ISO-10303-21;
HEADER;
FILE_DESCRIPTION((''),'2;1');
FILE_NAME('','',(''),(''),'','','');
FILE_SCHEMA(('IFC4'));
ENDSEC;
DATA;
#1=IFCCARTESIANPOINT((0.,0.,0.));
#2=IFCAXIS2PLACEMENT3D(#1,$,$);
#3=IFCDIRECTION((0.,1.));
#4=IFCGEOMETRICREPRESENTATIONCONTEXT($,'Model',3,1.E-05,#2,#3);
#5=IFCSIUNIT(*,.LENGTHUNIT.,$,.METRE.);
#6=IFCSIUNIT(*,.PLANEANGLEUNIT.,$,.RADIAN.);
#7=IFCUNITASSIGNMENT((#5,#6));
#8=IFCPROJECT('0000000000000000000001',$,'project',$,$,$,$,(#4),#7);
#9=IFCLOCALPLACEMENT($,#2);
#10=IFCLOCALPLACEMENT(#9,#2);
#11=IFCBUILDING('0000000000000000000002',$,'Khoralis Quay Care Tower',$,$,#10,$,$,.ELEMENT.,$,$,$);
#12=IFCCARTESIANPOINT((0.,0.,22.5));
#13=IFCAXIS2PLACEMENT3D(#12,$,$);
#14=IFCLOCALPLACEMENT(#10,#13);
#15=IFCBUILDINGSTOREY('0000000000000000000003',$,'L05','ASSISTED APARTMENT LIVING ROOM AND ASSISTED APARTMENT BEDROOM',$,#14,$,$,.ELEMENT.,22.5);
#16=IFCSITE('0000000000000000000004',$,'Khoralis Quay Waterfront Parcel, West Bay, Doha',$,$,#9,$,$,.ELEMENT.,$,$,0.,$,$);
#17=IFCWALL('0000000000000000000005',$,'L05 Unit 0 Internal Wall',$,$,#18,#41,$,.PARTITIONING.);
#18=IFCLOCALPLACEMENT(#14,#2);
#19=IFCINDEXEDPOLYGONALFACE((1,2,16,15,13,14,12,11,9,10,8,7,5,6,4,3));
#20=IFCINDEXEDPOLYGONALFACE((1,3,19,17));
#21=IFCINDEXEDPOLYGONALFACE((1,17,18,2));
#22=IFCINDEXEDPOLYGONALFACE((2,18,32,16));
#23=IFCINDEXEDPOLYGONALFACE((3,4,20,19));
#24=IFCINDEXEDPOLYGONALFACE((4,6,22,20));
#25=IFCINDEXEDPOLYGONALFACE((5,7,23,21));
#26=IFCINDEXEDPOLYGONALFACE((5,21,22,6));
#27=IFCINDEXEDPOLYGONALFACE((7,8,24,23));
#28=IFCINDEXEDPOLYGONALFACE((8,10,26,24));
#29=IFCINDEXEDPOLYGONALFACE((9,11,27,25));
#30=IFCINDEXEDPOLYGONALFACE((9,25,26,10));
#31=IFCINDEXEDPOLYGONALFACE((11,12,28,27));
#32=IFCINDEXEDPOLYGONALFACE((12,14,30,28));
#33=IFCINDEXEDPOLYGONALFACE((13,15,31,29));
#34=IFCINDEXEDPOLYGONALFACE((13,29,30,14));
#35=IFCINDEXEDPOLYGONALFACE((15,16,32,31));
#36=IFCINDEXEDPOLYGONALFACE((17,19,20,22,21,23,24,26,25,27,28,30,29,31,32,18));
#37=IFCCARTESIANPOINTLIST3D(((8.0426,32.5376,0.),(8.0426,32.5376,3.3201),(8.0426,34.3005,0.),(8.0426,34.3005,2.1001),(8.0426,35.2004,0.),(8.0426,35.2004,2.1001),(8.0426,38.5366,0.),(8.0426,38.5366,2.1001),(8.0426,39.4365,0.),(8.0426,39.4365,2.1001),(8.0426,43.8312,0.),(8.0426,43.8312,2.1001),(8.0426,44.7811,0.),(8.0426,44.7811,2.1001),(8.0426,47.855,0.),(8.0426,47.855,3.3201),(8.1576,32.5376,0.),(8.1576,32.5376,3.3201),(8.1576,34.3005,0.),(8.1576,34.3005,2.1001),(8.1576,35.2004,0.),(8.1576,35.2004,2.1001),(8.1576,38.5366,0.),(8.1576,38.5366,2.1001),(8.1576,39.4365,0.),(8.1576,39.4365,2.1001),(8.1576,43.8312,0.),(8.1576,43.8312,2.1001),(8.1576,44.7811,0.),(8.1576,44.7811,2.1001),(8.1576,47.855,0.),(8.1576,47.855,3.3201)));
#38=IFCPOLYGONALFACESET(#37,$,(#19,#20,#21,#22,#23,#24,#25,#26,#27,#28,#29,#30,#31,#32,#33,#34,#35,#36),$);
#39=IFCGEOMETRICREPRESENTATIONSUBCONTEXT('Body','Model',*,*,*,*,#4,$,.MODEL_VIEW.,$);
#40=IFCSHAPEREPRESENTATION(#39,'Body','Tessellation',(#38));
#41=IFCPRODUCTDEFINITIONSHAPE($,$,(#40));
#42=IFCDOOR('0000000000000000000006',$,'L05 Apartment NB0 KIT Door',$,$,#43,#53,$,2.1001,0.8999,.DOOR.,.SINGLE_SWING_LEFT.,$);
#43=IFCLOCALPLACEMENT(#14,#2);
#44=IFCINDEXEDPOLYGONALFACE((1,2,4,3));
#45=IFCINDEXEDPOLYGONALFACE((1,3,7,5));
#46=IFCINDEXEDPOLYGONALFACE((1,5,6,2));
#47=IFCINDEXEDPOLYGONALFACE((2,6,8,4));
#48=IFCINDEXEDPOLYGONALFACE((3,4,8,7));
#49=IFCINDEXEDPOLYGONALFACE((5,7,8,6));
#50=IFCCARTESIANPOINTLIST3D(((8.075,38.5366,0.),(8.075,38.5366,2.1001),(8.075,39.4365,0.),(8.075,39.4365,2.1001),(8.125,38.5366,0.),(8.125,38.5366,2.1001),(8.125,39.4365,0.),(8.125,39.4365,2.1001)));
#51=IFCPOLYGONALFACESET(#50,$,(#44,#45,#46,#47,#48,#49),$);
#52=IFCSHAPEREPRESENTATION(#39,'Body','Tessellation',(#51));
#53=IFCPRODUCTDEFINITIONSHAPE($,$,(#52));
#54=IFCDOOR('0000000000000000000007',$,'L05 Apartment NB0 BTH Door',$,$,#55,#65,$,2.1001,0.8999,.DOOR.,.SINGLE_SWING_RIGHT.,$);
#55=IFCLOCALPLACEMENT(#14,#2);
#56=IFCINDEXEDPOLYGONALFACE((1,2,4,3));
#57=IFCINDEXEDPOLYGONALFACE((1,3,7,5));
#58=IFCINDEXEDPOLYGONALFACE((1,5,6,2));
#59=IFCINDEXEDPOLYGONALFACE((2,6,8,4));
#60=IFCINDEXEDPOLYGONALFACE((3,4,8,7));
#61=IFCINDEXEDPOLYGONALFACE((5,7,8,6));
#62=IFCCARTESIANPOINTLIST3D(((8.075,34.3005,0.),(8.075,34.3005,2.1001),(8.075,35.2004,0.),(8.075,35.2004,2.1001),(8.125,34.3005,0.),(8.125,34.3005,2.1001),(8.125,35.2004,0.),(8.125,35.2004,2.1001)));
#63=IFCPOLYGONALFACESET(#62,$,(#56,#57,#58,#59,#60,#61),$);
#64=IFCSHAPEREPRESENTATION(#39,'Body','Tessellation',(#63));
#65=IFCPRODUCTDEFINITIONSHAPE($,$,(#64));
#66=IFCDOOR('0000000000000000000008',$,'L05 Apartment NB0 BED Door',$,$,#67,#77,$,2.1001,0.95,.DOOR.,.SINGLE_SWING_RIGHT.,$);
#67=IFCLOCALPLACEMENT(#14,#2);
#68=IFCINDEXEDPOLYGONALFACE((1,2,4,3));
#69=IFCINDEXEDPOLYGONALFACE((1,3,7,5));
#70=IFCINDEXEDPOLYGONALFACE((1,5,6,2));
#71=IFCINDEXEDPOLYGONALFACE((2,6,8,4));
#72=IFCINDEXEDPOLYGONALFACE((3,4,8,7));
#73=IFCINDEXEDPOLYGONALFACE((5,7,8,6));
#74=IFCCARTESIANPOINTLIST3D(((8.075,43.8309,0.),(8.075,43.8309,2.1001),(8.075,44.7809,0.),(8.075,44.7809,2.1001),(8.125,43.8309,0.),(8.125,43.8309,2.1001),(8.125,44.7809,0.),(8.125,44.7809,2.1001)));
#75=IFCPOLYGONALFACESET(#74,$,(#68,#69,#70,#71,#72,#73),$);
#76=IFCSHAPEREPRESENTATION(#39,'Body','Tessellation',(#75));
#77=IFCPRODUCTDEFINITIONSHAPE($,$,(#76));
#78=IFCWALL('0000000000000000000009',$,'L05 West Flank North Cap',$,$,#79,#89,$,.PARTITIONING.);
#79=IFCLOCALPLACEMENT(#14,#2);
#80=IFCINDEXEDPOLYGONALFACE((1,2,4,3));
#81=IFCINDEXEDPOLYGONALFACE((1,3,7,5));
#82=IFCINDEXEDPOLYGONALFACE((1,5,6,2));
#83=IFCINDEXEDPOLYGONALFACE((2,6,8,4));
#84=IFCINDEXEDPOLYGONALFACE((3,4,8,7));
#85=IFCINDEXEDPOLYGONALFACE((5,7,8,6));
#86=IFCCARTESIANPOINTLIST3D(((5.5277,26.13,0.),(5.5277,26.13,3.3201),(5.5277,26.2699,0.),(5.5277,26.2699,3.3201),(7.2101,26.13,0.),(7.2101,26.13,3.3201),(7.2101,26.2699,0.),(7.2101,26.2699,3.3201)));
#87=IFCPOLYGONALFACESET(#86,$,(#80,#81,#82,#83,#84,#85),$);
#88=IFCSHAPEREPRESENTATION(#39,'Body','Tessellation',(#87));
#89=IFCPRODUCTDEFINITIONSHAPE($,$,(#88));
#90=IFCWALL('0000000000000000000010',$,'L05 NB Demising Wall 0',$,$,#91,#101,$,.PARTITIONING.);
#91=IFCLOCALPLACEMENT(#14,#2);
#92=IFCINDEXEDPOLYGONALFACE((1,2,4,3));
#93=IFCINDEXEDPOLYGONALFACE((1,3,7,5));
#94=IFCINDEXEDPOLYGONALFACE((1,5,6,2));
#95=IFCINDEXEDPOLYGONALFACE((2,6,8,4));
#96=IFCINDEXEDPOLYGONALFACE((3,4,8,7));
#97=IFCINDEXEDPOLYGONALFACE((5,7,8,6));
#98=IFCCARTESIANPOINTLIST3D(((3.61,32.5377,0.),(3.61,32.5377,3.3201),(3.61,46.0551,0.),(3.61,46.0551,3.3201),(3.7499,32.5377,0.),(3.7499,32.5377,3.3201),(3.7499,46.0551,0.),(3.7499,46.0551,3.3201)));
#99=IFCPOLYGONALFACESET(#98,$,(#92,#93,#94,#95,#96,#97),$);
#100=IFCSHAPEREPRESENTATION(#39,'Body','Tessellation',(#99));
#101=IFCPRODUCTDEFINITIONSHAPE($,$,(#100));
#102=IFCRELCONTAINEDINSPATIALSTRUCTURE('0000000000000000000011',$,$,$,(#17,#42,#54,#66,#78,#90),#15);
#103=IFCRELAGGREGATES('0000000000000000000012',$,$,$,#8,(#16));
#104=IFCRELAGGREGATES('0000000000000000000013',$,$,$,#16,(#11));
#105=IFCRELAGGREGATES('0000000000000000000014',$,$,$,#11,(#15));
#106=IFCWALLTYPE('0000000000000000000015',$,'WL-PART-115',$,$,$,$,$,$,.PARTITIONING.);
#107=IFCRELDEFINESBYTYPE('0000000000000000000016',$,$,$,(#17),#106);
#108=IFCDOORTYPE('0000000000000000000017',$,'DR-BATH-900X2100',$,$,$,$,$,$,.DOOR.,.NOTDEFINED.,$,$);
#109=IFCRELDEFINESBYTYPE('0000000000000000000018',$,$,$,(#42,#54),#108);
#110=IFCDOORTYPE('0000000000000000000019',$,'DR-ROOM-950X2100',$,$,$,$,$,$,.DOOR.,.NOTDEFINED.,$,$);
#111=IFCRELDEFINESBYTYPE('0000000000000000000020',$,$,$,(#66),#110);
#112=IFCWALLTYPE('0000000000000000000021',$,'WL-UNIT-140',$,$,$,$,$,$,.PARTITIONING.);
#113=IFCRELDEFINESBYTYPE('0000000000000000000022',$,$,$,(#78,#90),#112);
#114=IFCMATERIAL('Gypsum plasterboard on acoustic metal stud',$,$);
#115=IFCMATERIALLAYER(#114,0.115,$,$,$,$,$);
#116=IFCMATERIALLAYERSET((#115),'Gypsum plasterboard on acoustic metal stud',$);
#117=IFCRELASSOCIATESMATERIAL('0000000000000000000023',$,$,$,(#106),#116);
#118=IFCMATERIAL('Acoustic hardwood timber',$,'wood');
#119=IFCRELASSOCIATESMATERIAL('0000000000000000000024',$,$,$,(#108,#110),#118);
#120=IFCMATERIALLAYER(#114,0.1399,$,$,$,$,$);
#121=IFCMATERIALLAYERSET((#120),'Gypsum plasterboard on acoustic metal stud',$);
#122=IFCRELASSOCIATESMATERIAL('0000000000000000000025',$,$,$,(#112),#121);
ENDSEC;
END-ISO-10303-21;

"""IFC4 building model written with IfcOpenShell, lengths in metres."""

from ifc_helpers import new_model, si_unit, direction, frame, frame_2d, origin, place, context, subcontext, project, spatial, rectangle, extrude, source, transform, mapped, material, layer, layer_set, type_object, element, fill, save


model = new_model("IFC4")

# Units and contexts
model_context = context("Model", 3, precision=1e-05, world=origin(), true_north=direction((0.0, 1.0)))
body_context = subcontext(model_context, "Body", "Model", "MODEL_VIEW")
ifc_project = project(units=[si_unit("LENGTHUNIT", "METRE"), si_unit("PLANEANGLEUNIT", "RADIAN")], contexts=[model_context])

# Site, building, storey
site_placement = place(None, origin())
site = spatial("IfcSite", under=ifc_project, at=site_placement, Name="Khoralis Quay Waterfront Parcel, West Bay, Doha", CompositionType="ELEMENT", RefElevation=0.0)
building_placement = place(site_placement, origin())
building = spatial("IfcBuilding", under=site, at=building_placement, Name="Khoralis Quay Care Tower", CompositionType="ELEMENT")
storey_placement = place(building_placement, frame((0.0, 0.0, 22.5)))
storey = spatial("IfcBuildingStorey", under=building, at=storey_placement, Name="L05", Description="ASSISTED APARTMENT LIVING ROOM AND ASSISTED APARTMENT BEDROOM", CompositionType="ELEMENT", Elevation=22.5)

# Shared definitions
ifc_material_1 = material(Name="Gypsum plasterboard on acoustic metal stud")

# Wall, openings, doors
ifc_layer_1 = layer(ifc_material_1, 0.115)
ifc_layer_set_1 = layer_set([ifc_layer_1], Name="Gypsum plasterboard on acoustic metal stud")
wall_type_1 = type_object("IfcWallType", Name="WL-PART-115", PredefinedType="PARTITIONING", material=ifc_layer_set_1)
wall_1_placement = place(storey_placement, frame((8.1001, 32.5376, 0.0), z_axis=(0.0, 0.0, 1.0), x_axis=(0.0, 1.0, 0.0)))
wall_1 = element("IfcWall", 1, at=wall_1_placement, inside=storey, type_object=wall_type_1, Name="L05 Unit 0 Internal Wall", PredefinedType="PARTITIONING", context=body_context, shape_type="SweptSolid", body=[
    extrude(rectangle(XDim=15.3174, YDim=0.115, at=frame_2d((7.6587, 0.0))), origin(), (0.0, 0.0, 1.0), 3.3201),
])
opening_1_placement = place(wall_1_placement, frame((11.2935, 0.0, 0.0)))
opening_1 = element("IfcOpeningElement", 2, at=opening_1_placement, cuts=wall_1, PredefinedType="OPENING", context=body_context, shape_type="SweptSolid", body=[
    extrude(rectangle(XDim=0.95, YDim=2.1001, at=frame_2d((0.4751, 1.05))), frame((0.0, 0.0674, 0.0), z_axis=(0.0, -1.0, 0.0), x_axis=(1.0, 0.0, 0.0)), (0.0, 0.0, 1.0), 0.135),
])
opening_2_placement = place(wall_1_placement, frame((5.999, 0.0, 0.0)))
opening_2 = element("IfcOpeningElement", 3, at=opening_2_placement, cuts=wall_1, PredefinedType="OPENING", context=body_context, shape_type="SweptSolid", body=[
    extrude(rectangle(XDim=0.8999, YDim=2.1001, at=frame_2d((0.45, 1.05))), frame((0.0, 0.0674, 0.0), z_axis=(0.0, -1.0, 0.0), x_axis=(1.0, 0.0, 0.0)), (0.0, 0.0, 1.0), 0.135),
])
opening_3_placement = place(wall_1_placement, frame((1.7629, 0.0, 0.0)))
opening_3 = element("IfcOpeningElement", 4, at=opening_3_placement, cuts=wall_1, PredefinedType="OPENING", context=body_context, shape_type="SweptSolid", body=[
    extrude(rectangle(XDim=0.8999, YDim=2.1001, at=frame_2d((0.45, 1.05))), frame((0.0, 0.0674, 0.0), z_axis=(0.0, -1.0, 0.0), x_axis=(1.0, 0.0, 0.0)), (0.0, 0.0, 1.0), 0.135),
])
ifc_material_2 = material(Name="Acoustic hardwood timber", Category="wood")
door_type_1 = type_object("IfcDoorType", Name="DR-BATH-900X2100", OperationType="NOTDEFINED", PredefinedType="DOOR", material=ifc_material_2)
shared_shape_1 = source(origin(), body_context, "Body", "SweptSolid", [
    extrude(rectangle(XDim=0.8999, YDim=2.1001, at=frame_2d((0.45, 1.05))), frame((0.0, 0.0249, 0.0), z_axis=(0.0, -1.0, 0.0), x_axis=(1.0, 0.0, 0.0)), (0.0, 0.0, 1.0), 0.05),
])
door_1_placement = place(opening_2_placement, frame((0.8999, 0.0, 0.0), z_axis=(0.0, 0.0, 1.0), x_axis=(-1.0, 0.0, 0.0)))
door_1 = element("IfcDoor", 5, at=door_1_placement, inside=storey, type_object=door_type_1, Name="L05 Apartment NB0 KIT Door", OperationType="SINGLE_SWING_LEFT", OverallHeight=2.1001, OverallWidth=0.8999, PredefinedType="DOOR", context=body_context, shape_type="MappedRepresentation", body=[
    mapped(shared_shape_1, transform((0.0, 0.0, 0.0), scale=1.0)),
])
fill(opening_2, door_1)
door_2_placement = place(opening_3_placement, frame((0.8999, 0.0, 0.0), z_axis=(0.0, 0.0, 1.0), x_axis=(-1.0, 0.0, 0.0)))
door_2 = element("IfcDoor", 6, at=door_2_placement, inside=storey, type_object=door_type_1, Name="L05 Apartment NB0 BTH Door", OperationType="SINGLE_SWING_RIGHT", OverallHeight=2.1001, OverallWidth=0.8999, PredefinedType="DOOR", context=body_context, shape_type="MappedRepresentation", body=[
    mapped(shared_shape_1, transform((0.0, 0.0, 0.0), scale=1.0)),
])
fill(opening_3, door_2)
door_type_2 = type_object("IfcDoorType", Name="DR-ROOM-950X2100", OperationType="NOTDEFINED", PredefinedType="DOOR", material=ifc_material_2)
shared_shape_2 = source(origin(), body_context, "Body", "SweptSolid", [
    extrude(rectangle(XDim=0.95, YDim=2.1001, at=frame_2d((0.4751, 1.05))), frame((0.0, 0.0249, 0.0), z_axis=(0.0, -1.0, 0.0), x_axis=(1.0, 0.0, 0.0)), (0.0, 0.0, 1.0), 0.05),
])
door_3_placement = place(opening_1_placement, frame((0.95, 0.0, 0.0), z_axis=(0.0, 0.0, 1.0), x_axis=(-1.0, 0.0, 0.0)))
door_3 = element("IfcDoor", 7, at=door_3_placement, inside=storey, type_object=door_type_2, Name="L05 Apartment NB0 BED Door", OperationType="SINGLE_SWING_RIGHT", OverallHeight=2.1001, OverallWidth=0.95, PredefinedType="DOOR", context=body_context, shape_type="MappedRepresentation", body=[
    mapped(shared_shape_2, transform((0.0, 0.0, 0.0), scale=1.0)),
])
fill(opening_1, door_3)

# Walls
ifc_layer_2 = layer(ifc_material_1, 0.1399)
ifc_layer_set_2 = layer_set([ifc_layer_2], Name="Gypsum plasterboard on acoustic metal stud")
wall_type_2 = type_object("IfcWallType", Name="WL-UNIT-140", PredefinedType="PARTITIONING", material=ifc_layer_set_2)
wall_2_placement = place(storey_placement, frame((5.5276, 26.2, 0.0), z_axis=(0.0, 0.0, 1.0), x_axis=(1.0, 0.0, 0.0)))
element("IfcWall", 8, at=wall_2_placement, inside=storey, type_object=wall_type_2, Name="L05 West Flank North Cap", PredefinedType="PARTITIONING", context=body_context, shape_type="SweptSolid", body=[
    extrude(rectangle(XDim=1.6824, YDim=0.1399, at=frame_2d((0.8413, 0.0))), origin(), (0.0, 0.0, 1.0), 3.3201),
])
wall_3_placement = place(storey_placement, frame((3.6799, 32.5376, 0.0), z_axis=(0.0, 0.0, 1.0), x_axis=(0.0, 1.0, 0.0)))
element("IfcWall", 9, at=wall_3_placement, inside=storey, type_object=wall_type_2, Name="L05 NB Demising Wall 0", PredefinedType="PARTITIONING", context=body_context, shape_type="SweptSolid", body=[
    extrude(rectangle(XDim=13.5173, YDim=0.1399, at=frame_2d((6.7588, 0.0))), origin(), (0.0, 0.0, 1.0), 3.3201),
])

save(model, "model.ifc")
